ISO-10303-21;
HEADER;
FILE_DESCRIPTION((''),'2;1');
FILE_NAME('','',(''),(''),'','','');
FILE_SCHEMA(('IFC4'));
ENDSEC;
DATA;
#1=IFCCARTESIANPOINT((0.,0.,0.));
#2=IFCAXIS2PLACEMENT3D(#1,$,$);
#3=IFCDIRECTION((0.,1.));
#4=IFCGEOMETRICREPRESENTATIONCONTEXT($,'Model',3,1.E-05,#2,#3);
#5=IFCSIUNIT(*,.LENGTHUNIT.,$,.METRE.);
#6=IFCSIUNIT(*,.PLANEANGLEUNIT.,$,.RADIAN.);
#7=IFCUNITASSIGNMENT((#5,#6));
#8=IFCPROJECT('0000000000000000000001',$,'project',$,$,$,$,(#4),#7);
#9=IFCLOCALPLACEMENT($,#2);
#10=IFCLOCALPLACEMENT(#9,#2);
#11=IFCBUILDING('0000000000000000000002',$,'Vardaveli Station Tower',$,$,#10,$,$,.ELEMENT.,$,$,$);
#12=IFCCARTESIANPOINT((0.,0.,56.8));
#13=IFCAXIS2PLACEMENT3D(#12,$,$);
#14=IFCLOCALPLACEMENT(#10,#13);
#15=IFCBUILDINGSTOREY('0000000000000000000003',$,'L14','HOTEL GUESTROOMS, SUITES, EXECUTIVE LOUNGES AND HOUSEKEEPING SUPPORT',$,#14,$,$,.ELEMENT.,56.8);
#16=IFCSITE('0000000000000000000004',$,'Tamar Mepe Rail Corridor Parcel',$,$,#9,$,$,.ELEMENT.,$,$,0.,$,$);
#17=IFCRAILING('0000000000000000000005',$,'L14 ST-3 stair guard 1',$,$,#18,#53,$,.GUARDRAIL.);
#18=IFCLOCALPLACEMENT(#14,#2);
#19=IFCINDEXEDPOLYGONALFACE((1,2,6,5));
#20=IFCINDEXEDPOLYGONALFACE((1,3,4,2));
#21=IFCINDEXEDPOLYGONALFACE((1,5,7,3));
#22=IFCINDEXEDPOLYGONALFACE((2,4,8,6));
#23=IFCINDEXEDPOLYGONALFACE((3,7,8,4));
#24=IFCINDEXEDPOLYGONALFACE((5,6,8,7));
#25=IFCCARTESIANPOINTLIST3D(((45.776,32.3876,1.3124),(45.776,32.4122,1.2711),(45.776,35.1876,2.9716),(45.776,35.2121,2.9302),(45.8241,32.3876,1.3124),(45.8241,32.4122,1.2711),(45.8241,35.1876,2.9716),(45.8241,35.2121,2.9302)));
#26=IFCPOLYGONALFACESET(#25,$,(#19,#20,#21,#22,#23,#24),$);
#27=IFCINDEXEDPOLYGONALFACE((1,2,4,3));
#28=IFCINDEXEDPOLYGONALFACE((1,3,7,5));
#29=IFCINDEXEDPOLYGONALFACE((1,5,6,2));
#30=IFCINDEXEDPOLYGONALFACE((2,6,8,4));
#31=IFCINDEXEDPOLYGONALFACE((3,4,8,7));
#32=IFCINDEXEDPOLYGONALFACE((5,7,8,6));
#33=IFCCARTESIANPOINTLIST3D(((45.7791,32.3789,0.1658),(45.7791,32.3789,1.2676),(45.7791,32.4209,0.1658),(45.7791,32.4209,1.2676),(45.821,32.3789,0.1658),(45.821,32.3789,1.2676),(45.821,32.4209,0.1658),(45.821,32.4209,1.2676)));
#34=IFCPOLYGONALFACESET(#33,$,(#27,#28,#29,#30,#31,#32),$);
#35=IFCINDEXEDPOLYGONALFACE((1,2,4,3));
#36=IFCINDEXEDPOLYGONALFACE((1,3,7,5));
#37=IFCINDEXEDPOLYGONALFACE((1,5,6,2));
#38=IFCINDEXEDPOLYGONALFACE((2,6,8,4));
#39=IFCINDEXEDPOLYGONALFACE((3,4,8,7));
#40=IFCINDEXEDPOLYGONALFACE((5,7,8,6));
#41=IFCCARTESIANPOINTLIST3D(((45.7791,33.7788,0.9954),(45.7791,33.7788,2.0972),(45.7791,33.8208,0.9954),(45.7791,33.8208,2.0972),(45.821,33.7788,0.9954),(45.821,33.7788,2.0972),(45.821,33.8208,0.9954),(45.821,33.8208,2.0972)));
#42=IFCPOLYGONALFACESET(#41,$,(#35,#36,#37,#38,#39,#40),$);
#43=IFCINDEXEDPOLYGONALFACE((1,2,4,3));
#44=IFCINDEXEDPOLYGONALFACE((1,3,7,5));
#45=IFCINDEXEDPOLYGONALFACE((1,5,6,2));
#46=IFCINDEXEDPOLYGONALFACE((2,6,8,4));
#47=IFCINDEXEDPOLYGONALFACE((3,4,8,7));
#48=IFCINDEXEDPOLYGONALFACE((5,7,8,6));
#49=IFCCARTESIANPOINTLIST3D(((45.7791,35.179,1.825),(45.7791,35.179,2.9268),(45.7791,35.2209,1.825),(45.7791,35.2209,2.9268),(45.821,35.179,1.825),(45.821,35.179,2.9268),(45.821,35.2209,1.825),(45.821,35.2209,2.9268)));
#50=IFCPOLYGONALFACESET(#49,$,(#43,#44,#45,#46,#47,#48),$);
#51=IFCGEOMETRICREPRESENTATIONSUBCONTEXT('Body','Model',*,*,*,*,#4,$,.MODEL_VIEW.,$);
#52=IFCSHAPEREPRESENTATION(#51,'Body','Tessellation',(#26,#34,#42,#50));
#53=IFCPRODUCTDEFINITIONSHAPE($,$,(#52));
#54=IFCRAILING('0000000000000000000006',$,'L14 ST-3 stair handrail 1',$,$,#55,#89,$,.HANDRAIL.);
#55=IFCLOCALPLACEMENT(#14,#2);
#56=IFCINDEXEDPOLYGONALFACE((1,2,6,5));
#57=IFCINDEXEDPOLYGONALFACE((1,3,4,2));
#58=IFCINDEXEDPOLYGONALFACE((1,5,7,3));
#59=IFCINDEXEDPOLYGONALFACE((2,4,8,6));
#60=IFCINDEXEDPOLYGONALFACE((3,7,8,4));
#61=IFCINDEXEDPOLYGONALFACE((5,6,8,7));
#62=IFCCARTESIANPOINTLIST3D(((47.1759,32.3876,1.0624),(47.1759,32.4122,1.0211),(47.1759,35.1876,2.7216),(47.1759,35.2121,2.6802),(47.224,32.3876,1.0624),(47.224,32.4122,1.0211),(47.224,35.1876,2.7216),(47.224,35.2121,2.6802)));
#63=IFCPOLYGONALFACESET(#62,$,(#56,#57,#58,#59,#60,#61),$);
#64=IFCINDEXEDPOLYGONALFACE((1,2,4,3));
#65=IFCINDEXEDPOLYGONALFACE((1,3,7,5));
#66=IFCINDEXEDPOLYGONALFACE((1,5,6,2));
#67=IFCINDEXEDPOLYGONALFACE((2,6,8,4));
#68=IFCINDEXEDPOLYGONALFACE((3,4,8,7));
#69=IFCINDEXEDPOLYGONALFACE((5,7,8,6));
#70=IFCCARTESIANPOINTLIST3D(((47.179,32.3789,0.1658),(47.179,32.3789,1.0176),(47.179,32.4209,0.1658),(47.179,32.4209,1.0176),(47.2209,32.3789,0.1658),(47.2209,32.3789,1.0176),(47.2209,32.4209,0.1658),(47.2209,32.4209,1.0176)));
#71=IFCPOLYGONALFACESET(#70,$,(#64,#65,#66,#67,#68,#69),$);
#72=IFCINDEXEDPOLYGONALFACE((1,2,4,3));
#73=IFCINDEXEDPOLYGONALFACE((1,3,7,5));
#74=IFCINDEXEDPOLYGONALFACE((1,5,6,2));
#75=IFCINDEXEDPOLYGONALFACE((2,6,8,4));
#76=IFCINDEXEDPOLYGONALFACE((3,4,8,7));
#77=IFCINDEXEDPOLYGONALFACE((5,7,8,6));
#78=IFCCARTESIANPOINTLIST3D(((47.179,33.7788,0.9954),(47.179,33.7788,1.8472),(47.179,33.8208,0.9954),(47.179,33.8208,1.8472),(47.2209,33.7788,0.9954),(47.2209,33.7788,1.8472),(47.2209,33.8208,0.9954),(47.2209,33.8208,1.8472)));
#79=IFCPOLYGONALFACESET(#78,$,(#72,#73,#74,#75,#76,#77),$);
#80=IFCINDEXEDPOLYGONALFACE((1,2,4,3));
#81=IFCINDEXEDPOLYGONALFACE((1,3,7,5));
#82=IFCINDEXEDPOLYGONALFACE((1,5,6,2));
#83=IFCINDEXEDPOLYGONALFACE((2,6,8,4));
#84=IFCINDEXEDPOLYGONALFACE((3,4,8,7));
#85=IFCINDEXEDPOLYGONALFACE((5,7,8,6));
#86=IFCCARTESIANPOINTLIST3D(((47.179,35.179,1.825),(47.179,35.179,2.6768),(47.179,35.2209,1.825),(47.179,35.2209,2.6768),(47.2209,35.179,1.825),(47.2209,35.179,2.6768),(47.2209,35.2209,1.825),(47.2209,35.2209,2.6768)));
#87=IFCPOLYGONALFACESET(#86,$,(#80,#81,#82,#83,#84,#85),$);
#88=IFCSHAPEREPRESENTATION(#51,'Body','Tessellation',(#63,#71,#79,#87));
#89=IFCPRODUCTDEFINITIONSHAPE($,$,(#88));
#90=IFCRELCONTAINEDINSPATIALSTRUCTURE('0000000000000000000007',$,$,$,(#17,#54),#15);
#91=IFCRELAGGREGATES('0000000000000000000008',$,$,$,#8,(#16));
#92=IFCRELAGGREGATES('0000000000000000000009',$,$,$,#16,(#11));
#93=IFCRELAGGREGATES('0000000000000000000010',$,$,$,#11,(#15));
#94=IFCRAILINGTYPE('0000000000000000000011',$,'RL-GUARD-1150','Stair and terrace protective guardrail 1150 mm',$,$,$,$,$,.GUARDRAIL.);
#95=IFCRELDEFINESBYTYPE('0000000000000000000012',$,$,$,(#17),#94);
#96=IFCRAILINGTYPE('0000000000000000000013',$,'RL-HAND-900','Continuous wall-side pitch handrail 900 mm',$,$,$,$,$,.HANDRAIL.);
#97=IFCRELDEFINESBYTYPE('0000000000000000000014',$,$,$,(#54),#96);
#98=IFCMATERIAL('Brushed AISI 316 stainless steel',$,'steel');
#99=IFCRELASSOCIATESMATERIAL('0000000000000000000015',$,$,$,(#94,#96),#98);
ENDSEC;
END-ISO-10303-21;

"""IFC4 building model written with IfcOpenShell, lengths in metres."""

from ifc_helpers import new_model, si_unit, direction, frame, origin, origin_2d, place, context, subcontext, project, spatial, rectangle, extrude, source, transform, mapped, material, type_object, element, save


model = new_model("IFC4")

# Units and contexts
model_context = context("Model", 3, precision=1e-05, world=origin(), true_north=direction((0.0, 1.0)))
body_context = subcontext(model_context, "Body", "Model", "MODEL_VIEW")
ifc_project = project(units=[si_unit("LENGTHUNIT", "METRE"), si_unit("PLANEANGLEUNIT", "RADIAN")], contexts=[model_context])

# Site, building, storey
site_placement = place(None, origin())
site = spatial("IfcSite", under=ifc_project, at=site_placement, Name="Tamar Mepe Rail Corridor Parcel", CompositionType="ELEMENT", RefElevation=0.0)
building_placement = place(site_placement, origin())
building = spatial("IfcBuilding", under=site, at=building_placement, Name="Vardaveli Station Tower", CompositionType="ELEMENT")
storey_placement = place(building_placement, frame((0.0, 0.0, 56.8)))
storey = spatial("IfcBuildingStorey", under=building, at=storey_placement, Name="L14", Description="HOTEL GUESTROOMS, SUITES, EXECUTIVE LOUNGES AND HOUSEKEEPING SUPPORT", CompositionType="ELEMENT", Elevation=56.8)

# Railings
ifc_material_1 = material(Name="Brushed AISI 316 stainless steel", Category="steel")
railing_type_1 = type_object("IfcRailingType", Name="RL-GUARD-1150", Description="Stair and terrace protective guardrail 1150 mm", PredefinedType="GUARDRAIL", material=ifc_material_1)
shared_shape_1 = source(origin(), body_context, "Body", "SweptSolid", [
    extrude(rectangle(XDim=0.0481, YDim=0.0481, at=origin_2d()), frame((0.0, 0.0, 1.126), z_axis=(0.0, 0.860306, 0.509778), x_axis=(-1.0, 0.0, 0.0)), (0.0, 0.0, 1.0), 3.2546),
    extrude(rectangle(XDim=0.042, YDim=0.042, at=origin_2d()), origin(), (0.0, 0.0, 1.0), 1.1018),
    extrude(rectangle(XDim=0.042, YDim=0.042, at=origin_2d()), frame((0.0, 1.3999, 0.8296)), (0.0, 0.0, 1.0), 1.1018),
    extrude(rectangle(XDim=0.042, YDim=0.042, at=origin_2d()), frame((0.0, 2.8, 1.6592)), (0.0, 0.0, 1.0), 1.1018),
])
railing_1_placement = place(storey_placement, frame((45.8, 32.3999, 0.1658)))
element("IfcRailing", 1, at=railing_1_placement, inside=storey, type_object=railing_type_1, Name="L14 ST-3 stair guard 1", PredefinedType="GUARDRAIL", context=body_context, shape_type="MappedRepresentation", body=[
    mapped(shared_shape_1, transform((0.0, 0.0, 0.0), scale=1.0)),
])
railing_type_2 = type_object("IfcRailingType", Name="RL-HAND-900", Description="Continuous wall-side pitch handrail 900 mm", PredefinedType="HANDRAIL", material=ifc_material_1)
shared_shape_2 = source(origin(), body_context, "Body", "SweptSolid", [
    extrude(rectangle(XDim=0.0481, YDim=0.0481, at=origin_2d()), frame((0.0, 0.0, 0.876), z_axis=(0.0, 0.860306, 0.509778), x_axis=(-1.0, 0.0, 0.0)), (0.0, 0.0, 1.0), 3.2546),
    extrude(rectangle(XDim=0.042, YDim=0.042, at=origin_2d()), origin(), (0.0, 0.0, 1.0), 0.8518),
    extrude(rectangle(XDim=0.042, YDim=0.042, at=origin_2d()), frame((0.0, 1.3999, 0.8296)), (0.0, 0.0, 1.0), 0.8518),
    extrude(rectangle(XDim=0.042, YDim=0.042, at=origin_2d()), frame((0.0, 2.8, 1.6592)), (0.0, 0.0, 1.0), 0.8518),
])
railing_2_placement = place(storey_placement, frame((47.2, 32.3999, 0.1658)))
element("IfcRailing", 2, at=railing_2_placement, inside=storey, type_object=railing_type_2, Name="L14 ST-3 stair handrail 1", PredefinedType="HANDRAIL", context=body_context, shape_type="MappedRepresentation", body=[
    mapped(shared_shape_2, transform((0.0, 0.0, 0.0), scale=1.0)),
])

save(model, "model.ifc")
